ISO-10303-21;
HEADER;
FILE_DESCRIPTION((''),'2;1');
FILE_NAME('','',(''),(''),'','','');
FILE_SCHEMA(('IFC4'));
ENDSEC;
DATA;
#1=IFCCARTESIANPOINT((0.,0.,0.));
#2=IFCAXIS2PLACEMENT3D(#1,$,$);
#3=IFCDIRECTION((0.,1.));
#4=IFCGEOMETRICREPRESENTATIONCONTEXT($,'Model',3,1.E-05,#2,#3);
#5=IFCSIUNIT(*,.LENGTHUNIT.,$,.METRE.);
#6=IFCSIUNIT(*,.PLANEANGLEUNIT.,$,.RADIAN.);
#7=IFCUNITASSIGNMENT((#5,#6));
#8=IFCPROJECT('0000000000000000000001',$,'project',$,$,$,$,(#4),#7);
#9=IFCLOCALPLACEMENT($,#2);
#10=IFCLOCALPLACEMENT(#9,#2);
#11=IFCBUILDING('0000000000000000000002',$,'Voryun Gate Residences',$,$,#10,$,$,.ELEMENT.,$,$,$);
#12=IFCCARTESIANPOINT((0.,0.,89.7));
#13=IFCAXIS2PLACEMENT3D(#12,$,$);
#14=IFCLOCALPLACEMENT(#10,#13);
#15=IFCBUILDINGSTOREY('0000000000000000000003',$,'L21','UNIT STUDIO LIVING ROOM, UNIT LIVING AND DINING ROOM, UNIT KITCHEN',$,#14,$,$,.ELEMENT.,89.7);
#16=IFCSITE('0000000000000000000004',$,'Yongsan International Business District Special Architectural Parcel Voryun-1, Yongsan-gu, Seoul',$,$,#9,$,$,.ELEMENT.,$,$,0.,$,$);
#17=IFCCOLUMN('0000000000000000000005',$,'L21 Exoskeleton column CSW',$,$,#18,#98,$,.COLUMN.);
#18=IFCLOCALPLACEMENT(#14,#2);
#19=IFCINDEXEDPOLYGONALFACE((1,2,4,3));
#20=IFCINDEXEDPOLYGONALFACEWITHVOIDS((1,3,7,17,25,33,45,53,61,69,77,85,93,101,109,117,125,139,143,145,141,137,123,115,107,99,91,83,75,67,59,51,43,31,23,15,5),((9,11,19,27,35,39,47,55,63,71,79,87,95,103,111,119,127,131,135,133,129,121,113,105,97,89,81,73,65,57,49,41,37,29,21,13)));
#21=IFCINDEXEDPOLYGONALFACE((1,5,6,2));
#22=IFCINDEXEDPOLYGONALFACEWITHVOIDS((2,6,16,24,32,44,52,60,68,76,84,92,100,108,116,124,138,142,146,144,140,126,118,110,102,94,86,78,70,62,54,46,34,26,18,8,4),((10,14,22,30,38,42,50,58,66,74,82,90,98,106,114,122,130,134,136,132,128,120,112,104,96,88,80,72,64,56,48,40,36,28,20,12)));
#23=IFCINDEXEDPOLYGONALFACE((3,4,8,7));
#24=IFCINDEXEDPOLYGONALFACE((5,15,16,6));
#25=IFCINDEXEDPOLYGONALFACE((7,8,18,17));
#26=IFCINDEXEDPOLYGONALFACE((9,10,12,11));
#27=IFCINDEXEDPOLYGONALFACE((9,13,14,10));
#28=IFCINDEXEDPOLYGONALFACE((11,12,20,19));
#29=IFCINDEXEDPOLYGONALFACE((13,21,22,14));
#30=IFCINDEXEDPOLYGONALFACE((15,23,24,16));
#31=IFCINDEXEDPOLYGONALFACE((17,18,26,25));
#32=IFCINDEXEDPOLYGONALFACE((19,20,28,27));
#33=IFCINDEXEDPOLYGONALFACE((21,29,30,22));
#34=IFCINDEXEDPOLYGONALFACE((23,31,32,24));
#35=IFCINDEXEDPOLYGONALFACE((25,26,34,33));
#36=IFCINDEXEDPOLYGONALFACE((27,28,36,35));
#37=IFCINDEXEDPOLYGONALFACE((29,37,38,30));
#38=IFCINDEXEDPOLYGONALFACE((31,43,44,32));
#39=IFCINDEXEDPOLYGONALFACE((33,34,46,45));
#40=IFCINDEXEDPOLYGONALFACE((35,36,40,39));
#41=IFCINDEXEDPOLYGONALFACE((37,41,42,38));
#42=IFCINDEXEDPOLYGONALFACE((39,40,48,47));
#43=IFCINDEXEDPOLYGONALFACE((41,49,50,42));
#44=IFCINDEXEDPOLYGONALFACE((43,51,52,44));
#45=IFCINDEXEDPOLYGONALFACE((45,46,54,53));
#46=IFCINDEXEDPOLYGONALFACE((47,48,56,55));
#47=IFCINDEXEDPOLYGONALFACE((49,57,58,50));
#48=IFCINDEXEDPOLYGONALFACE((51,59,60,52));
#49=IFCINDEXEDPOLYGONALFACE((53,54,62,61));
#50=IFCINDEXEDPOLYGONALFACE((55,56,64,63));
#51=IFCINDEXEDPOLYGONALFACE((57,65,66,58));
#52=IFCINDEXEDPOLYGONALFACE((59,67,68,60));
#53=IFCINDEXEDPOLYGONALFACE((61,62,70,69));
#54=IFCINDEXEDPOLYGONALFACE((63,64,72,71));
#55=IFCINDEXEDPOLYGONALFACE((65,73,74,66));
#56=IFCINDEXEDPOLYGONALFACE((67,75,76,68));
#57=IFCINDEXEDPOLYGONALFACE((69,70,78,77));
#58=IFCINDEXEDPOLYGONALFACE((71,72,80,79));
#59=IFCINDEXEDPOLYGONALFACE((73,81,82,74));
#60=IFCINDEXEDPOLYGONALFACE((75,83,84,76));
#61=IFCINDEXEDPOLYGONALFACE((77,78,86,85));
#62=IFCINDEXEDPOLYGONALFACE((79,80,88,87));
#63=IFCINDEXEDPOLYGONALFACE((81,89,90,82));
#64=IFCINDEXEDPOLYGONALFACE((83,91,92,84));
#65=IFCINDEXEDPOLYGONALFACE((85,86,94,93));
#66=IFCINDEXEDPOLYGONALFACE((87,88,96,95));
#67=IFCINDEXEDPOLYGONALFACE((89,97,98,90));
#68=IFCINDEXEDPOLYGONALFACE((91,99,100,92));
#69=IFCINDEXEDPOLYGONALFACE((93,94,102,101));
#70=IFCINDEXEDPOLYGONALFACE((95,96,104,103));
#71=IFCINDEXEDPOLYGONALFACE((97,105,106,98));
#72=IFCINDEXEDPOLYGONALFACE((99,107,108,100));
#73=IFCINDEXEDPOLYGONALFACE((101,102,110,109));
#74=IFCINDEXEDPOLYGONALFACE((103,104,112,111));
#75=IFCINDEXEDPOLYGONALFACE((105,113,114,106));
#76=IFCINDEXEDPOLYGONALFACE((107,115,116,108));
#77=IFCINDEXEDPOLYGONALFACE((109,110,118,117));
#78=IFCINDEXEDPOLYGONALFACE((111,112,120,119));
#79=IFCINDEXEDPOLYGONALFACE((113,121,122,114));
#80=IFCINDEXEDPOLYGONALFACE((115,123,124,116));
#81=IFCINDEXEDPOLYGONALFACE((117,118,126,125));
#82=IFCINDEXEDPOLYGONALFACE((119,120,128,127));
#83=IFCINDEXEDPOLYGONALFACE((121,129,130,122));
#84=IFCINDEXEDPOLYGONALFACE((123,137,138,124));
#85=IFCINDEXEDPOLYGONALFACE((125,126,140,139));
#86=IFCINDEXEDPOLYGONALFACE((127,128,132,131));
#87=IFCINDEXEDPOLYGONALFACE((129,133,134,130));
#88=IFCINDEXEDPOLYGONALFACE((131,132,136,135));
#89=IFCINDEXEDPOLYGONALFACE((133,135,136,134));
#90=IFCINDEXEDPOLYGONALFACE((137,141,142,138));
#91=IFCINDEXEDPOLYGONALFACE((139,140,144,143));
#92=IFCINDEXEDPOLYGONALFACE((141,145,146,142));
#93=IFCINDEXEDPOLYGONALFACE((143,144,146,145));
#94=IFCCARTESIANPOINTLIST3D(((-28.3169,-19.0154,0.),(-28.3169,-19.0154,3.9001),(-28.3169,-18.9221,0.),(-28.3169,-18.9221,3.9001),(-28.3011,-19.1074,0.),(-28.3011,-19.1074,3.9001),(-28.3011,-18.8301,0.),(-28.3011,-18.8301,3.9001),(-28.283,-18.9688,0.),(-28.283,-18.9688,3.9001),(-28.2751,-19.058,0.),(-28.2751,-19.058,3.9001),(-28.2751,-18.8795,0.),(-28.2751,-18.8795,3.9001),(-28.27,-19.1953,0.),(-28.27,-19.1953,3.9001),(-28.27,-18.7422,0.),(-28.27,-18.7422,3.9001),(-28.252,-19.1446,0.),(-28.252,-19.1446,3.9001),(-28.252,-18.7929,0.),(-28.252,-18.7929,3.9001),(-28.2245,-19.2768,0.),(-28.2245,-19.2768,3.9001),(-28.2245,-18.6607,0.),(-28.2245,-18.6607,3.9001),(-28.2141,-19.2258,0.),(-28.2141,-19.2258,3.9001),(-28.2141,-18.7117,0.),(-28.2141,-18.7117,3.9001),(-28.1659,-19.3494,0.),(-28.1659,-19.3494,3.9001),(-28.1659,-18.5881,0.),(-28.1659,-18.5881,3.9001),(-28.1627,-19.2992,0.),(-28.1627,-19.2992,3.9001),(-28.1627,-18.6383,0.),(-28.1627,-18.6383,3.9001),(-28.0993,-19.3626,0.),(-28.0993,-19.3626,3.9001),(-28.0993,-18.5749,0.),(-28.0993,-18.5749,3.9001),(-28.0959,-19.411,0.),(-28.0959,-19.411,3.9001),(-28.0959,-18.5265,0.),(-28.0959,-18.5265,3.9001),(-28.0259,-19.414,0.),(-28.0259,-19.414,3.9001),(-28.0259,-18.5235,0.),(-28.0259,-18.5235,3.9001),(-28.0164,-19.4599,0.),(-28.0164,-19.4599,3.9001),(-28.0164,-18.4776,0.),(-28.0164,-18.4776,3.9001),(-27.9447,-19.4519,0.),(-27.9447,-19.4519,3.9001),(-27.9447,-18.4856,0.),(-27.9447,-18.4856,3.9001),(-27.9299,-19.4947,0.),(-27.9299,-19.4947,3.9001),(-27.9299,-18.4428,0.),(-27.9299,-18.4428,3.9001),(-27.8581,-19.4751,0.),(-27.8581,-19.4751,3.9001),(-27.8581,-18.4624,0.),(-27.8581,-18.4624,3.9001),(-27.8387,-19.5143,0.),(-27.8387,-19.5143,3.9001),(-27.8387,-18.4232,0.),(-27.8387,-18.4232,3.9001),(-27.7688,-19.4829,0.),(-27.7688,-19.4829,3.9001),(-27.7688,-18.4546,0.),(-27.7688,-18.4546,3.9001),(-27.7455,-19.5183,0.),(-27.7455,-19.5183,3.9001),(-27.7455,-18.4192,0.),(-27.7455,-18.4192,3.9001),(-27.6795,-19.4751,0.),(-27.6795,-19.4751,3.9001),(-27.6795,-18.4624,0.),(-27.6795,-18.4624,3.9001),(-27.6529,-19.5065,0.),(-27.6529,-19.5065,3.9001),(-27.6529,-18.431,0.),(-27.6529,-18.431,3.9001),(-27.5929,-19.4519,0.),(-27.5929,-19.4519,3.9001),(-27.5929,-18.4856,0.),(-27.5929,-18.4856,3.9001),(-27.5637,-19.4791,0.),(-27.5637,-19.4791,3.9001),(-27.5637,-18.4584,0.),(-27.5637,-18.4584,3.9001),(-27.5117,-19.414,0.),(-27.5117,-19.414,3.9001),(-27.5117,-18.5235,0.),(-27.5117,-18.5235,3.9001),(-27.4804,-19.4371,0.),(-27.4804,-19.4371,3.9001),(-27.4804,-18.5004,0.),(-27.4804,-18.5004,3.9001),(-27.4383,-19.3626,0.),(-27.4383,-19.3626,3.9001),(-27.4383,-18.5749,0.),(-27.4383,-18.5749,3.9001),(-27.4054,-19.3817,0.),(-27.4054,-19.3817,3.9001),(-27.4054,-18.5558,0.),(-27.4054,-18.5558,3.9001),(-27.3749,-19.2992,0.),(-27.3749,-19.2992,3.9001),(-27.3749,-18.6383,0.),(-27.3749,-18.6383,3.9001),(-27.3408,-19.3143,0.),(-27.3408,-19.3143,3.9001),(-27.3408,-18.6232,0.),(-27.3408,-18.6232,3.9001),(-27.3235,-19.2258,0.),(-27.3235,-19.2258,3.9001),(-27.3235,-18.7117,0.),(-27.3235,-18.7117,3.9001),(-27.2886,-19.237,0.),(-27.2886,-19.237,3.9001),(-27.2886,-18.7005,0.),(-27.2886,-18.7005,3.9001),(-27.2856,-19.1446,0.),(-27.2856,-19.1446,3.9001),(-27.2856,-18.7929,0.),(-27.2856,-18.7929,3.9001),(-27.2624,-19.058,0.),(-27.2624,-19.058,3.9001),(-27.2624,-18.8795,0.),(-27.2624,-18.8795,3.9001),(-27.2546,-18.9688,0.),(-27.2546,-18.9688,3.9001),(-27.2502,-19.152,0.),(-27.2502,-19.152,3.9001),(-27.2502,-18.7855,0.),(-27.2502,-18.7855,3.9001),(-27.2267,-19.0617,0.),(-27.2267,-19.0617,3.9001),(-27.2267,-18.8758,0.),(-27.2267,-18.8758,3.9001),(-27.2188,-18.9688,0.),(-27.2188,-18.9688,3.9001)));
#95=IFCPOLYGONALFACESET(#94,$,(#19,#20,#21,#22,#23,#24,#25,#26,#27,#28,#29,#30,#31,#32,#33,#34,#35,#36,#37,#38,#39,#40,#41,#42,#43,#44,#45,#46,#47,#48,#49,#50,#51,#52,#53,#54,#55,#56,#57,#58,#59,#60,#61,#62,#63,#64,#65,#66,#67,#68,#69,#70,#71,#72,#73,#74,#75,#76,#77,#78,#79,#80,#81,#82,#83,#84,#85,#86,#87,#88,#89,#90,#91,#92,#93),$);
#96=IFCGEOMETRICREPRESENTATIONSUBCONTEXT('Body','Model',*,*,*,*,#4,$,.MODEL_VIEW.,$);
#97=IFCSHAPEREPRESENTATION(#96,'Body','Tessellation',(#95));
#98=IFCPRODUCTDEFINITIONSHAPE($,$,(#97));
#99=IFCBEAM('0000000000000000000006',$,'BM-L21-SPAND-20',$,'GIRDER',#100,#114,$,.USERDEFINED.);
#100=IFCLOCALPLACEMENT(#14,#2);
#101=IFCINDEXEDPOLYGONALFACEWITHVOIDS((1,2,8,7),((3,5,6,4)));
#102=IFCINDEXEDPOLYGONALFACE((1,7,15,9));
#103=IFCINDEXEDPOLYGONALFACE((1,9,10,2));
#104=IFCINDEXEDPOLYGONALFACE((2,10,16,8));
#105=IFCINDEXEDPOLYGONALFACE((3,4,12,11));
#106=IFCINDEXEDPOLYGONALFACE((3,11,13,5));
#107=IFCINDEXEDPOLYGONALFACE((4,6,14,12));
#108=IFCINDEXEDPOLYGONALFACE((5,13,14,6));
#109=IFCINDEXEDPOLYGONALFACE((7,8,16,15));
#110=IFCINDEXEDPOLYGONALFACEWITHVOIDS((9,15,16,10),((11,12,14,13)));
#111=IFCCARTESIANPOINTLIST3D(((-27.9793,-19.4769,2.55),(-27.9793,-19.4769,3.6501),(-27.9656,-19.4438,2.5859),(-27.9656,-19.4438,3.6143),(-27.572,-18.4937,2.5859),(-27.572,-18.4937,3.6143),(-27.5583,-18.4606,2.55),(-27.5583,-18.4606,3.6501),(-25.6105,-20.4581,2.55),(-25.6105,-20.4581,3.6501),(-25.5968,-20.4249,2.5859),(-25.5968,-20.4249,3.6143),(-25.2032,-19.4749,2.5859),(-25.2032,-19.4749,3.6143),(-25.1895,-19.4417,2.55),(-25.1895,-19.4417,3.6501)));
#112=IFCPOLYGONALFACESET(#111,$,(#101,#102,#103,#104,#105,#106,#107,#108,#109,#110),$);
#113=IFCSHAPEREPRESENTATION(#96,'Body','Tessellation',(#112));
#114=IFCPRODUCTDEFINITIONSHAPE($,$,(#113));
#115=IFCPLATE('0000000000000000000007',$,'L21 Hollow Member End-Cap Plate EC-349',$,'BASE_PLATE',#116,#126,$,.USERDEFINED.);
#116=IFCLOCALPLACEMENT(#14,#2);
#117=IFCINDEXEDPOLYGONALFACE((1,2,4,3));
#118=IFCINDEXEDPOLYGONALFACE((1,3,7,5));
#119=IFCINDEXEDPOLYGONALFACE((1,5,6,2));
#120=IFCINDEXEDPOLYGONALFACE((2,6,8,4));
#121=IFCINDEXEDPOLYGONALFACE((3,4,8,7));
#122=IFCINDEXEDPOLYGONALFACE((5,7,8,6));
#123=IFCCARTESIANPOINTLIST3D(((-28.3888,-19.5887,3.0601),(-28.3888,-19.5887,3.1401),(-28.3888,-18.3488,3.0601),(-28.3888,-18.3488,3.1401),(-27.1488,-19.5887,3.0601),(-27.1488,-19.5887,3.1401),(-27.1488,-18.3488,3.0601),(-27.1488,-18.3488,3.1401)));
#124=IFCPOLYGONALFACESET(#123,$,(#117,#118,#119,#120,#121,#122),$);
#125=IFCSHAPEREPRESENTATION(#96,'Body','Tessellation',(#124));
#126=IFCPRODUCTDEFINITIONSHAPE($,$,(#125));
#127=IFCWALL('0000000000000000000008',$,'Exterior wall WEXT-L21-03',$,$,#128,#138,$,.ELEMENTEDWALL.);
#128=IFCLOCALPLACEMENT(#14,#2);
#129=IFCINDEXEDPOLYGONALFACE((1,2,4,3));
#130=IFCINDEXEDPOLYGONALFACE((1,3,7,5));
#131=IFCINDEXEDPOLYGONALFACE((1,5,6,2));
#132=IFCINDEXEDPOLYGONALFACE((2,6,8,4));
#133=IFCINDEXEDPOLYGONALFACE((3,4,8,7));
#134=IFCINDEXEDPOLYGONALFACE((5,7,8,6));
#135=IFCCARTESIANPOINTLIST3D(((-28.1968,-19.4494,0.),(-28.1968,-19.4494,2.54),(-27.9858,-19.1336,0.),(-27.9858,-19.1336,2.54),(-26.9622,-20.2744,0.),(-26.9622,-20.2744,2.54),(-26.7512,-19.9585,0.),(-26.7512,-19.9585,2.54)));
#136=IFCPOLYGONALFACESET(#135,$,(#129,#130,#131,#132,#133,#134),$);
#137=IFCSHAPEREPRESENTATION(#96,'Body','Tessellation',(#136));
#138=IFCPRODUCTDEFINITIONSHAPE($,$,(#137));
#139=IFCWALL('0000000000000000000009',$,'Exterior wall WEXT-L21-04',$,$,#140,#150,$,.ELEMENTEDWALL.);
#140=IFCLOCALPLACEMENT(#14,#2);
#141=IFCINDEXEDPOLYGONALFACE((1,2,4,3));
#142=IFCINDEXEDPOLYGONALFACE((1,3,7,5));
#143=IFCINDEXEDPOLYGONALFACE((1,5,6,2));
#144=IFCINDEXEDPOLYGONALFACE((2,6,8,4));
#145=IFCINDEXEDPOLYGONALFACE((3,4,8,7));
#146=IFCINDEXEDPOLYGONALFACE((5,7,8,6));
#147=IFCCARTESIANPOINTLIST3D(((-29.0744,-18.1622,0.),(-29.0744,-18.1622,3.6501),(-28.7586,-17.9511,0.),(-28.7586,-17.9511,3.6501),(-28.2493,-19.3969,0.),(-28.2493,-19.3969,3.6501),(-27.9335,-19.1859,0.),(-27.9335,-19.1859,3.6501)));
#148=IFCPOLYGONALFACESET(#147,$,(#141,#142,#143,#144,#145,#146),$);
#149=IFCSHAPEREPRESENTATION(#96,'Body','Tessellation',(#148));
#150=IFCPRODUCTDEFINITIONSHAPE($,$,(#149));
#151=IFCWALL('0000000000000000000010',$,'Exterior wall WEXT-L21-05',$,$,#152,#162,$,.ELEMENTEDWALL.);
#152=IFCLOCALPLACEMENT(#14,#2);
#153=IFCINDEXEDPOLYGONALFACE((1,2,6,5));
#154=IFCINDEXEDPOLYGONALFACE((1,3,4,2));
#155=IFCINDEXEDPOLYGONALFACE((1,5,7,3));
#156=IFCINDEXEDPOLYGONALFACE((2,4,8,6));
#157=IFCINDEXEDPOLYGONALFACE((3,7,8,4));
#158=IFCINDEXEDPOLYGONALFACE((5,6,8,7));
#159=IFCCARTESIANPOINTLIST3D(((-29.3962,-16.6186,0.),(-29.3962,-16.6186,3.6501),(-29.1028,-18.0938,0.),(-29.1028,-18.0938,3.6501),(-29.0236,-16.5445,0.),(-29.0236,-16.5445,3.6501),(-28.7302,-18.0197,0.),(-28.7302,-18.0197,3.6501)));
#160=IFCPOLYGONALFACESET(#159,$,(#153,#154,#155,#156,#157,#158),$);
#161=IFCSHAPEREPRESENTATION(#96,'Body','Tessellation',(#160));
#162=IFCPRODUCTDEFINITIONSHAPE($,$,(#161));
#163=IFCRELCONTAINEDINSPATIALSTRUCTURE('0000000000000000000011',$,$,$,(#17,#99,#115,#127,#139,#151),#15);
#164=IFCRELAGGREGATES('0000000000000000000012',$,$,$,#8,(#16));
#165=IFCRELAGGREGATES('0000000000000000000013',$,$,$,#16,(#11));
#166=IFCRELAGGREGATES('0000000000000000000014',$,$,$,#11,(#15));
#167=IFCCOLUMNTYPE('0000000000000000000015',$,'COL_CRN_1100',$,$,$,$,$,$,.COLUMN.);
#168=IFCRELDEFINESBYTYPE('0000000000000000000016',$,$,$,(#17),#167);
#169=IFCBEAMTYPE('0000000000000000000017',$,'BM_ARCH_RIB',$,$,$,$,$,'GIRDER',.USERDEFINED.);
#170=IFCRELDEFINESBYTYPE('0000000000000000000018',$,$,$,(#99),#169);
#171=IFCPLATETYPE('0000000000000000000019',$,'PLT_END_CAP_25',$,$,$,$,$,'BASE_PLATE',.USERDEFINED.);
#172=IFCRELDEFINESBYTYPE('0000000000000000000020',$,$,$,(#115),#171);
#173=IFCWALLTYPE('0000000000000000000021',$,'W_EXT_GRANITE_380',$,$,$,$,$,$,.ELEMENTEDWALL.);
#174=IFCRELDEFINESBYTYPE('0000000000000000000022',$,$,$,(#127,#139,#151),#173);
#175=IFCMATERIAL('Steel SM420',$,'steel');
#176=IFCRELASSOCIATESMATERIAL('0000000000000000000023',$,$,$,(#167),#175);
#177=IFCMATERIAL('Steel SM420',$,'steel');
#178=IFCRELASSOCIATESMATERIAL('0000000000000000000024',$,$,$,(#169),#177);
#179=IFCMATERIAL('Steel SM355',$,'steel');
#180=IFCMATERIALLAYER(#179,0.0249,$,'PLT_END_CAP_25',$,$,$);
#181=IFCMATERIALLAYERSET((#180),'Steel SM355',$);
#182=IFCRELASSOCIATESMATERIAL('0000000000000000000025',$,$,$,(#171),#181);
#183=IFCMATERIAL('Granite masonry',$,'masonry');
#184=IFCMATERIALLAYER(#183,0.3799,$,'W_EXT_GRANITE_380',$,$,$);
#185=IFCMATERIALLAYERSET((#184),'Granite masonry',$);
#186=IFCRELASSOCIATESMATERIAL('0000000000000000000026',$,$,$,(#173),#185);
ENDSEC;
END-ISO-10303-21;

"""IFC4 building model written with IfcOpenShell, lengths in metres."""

from ifc_helpers import new_model, si_unit, direction, frame, frame_2d, origin, origin_2d, place, context, subcontext, project, spatial, rectangle, hollow_rectangle, hollow_circle, extrude, material, layer, layer_set, material_profile, profile_set, type_object, element, save


model = new_model("IFC4")

# Units and contexts
model_context = context("Model", 3, precision=1e-05, world=origin(), true_north=direction((0.0, 1.0)))
body_context = subcontext(model_context, "Body", "Model", "MODEL_VIEW")
ifc_project = project(units=[si_unit("LENGTHUNIT", "METRE"), si_unit("PLANEANGLEUNIT", "RADIAN")], contexts=[model_context])

# Site, building, storey
site_placement = place(None, origin())
site = spatial("IfcSite", under=ifc_project, at=site_placement, Name="Yongsan International Business District Special Architectural Parcel Voryun-1, Yongsan-gu, Seoul", CompositionType="ELEMENT", RefElevation=0.0)
building_placement = place(site_placement, origin())
building = spatial("IfcBuilding", under=site, at=building_placement, Name="Voryun Gate Residences", CompositionType="ELEMENT")
storey_placement = place(building_placement, frame((0.0, 0.0, 89.7)))
storey = spatial("IfcBuildingStorey", under=building, at=storey_placement, Name="L21", Description="UNIT STUDIO LIVING ROOM, UNIT LIVING AND DINING ROOM, UNIT KITCHEN", CompositionType="ELEMENT", Elevation=89.7)

# Column
ifc_material_1 = material(Name="Steel SM420", Category="steel")
ifc_material_profile_1 = material_profile(ifc_material_1, hollow_circle(Radius=0.55, WallThickness=0.0359, at=origin_2d()), Name="CHS-1100x36")
ifc_profile_set_1 = profile_set([ifc_material_profile_1], Name="Steel SM420")
column_type = type_object("IfcColumnType", Name="COL_CRN_1100", PredefinedType="COLUMN", material=ifc_profile_set_1)
column_placement = place(storey_placement, frame((-27.7688, -18.9688, 0.0), z_axis=(0.0, 0.0, 1.0), x_axis=(1.0, 0.0, 0.0)))
element("IfcColumn", 1, at=column_placement, inside=storey, type_object=column_type, Name="L21 Exoskeleton column CSW", PredefinedType="COLUMN", context=body_context, shape_type="SweptSolid", body=[
    extrude(hollow_circle(Radius=0.55, WallThickness=0.0359, at=origin_2d()), origin(), (0.0, 0.0, 1.0), 3.9001),
])

# Beam
ifc_material_2 = material(Name="Steel SM420", Category="steel")
ifc_material_profile_2 = material_profile(ifc_material_2, hollow_rectangle(XDim=1.1001, YDim=1.1001, WallThickness=0.0359, at=origin_2d()), Name="BOX-1100x1100x36")
ifc_profile_set_2 = profile_set([ifc_material_profile_2], Name="Steel SM420")
beam_type = type_object("IfcBeamType", Name="BM_ARCH_RIB", ElementType="GIRDER", PredefinedType="USERDEFINED", material=ifc_profile_set_2)
beam_placement = place(storey_placement, frame((-27.7688, -18.9688, 3.1001), z_axis=(0.923883, -0.382674, 0.0), x_axis=(0.382674, 0.923883, 0.0)))
element("IfcBeam", 2, at=beam_placement, inside=storey, type_object=beam_type, Name="BM-L21-SPAND-20", ObjectType="GIRDER", PredefinedType="USERDEFINED", context=body_context, shape_type="SweptSolid", body=[
    extrude(hollow_rectangle(XDim=1.1001, YDim=1.1001, WallThickness=0.0359, at=origin_2d()), origin(), (0.0, 0.0, 1.0), 2.564),
])

# Plate
ifc_material_3 = material(Name="Steel SM355", Category="steel")
ifc_layer_1 = layer(ifc_material_3, 0.0249, Name="PLT_END_CAP_25")
ifc_layer_set_1 = layer_set([ifc_layer_1], Name="Steel SM355")
plate_type = type_object("IfcPlateType", Name="PLT_END_CAP_25", ElementType="BASE_PLATE", PredefinedType="USERDEFINED", material=ifc_layer_set_1)
plate_placement = place(storey_placement, frame((-27.7688, -18.9688, 3.0601), z_axis=(0.0, 0.0, 1.0), x_axis=(1.0, 0.0, 0.0)))
element("IfcPlate", 3, at=plate_placement, inside=storey, type_object=plate_type, Name="L21 Hollow Member End-Cap Plate EC-349", ObjectType="BASE_PLATE", PredefinedType="USERDEFINED", context=body_context, shape_type="SweptSolid", body=[
    extrude(rectangle(XDim=1.24, YDim=1.24, at=origin_2d()), origin(), (0.0, 0.0, 1.0), 0.0801),
])

# Walls
ifc_material_4 = material(Name="Granite masonry", Category="masonry")
ifc_layer_2 = layer(ifc_material_4, 0.3799, Name="W_EXT_GRANITE_380")
ifc_layer_set_2 = layer_set([ifc_layer_2], Name="Granite masonry")
wall_type_1 = type_object("IfcWallType", Name="W_EXT_GRANITE_380", PredefinedType="ELEMENTEDWALL", material=ifc_layer_set_2)
wall_1_placement = place(storey_placement, frame((-26.8567, -20.1165, 0.0), z_axis=(0.0, 0.0, 1.0), x_axis=(-0.831468, 0.555573, 0.0)))
element("IfcWall", 4, at=wall_1_placement, inside=storey, type_object=wall_type_1, Name="Exterior wall WEXT-L21-03", PredefinedType="ELEMENTEDWALL", context=body_context, shape_type="SweptSolid", body=[
    extrude(rectangle(XDim=1.4849, YDim=0.3799, at=frame_2d((0.7424, 0.0))), origin(), (0.0, 0.0, 1.0), 2.54),
])
wall_2_placement = place(storey_placement, frame((-28.0913, -19.2915, 0.0), z_axis=(0.0, 0.0, 1.0), x_axis=(-0.55561, 0.831443, 0.0)))
element("IfcWall", 5, at=wall_2_placement, inside=storey, type_object=wall_type_1, Name="Exterior wall WEXT-L21-04", PredefinedType="ELEMENTEDWALL", context=body_context, shape_type="SweptSolid", body=[
    extrude(rectangle(XDim=1.4851, YDim=0.3799, at=frame_2d((0.7427, 0.0))), origin(), (0.0, 0.0, 1.0), 3.6501),
])
wall_3_placement = place(storey_placement, frame((-28.9165, -18.0566, 0.0), z_axis=(0.0, 0.0, 1.0), x_axis=(-0.195086, 0.980786, 0.0)))
element("IfcWall", 6, at=wall_3_placement, inside=storey, type_object=wall_type_1, Name="Exterior wall WEXT-L21-05", PredefinedType="ELEMENTEDWALL", context=body_context, shape_type="SweptSolid", body=[
    extrude(rectangle(XDim=1.5042, YDim=0.3799, at=frame_2d((0.752, 0.0))), origin(), (0.0, 0.0, 1.0), 3.6501),
])

save(model, "model.ifc")
